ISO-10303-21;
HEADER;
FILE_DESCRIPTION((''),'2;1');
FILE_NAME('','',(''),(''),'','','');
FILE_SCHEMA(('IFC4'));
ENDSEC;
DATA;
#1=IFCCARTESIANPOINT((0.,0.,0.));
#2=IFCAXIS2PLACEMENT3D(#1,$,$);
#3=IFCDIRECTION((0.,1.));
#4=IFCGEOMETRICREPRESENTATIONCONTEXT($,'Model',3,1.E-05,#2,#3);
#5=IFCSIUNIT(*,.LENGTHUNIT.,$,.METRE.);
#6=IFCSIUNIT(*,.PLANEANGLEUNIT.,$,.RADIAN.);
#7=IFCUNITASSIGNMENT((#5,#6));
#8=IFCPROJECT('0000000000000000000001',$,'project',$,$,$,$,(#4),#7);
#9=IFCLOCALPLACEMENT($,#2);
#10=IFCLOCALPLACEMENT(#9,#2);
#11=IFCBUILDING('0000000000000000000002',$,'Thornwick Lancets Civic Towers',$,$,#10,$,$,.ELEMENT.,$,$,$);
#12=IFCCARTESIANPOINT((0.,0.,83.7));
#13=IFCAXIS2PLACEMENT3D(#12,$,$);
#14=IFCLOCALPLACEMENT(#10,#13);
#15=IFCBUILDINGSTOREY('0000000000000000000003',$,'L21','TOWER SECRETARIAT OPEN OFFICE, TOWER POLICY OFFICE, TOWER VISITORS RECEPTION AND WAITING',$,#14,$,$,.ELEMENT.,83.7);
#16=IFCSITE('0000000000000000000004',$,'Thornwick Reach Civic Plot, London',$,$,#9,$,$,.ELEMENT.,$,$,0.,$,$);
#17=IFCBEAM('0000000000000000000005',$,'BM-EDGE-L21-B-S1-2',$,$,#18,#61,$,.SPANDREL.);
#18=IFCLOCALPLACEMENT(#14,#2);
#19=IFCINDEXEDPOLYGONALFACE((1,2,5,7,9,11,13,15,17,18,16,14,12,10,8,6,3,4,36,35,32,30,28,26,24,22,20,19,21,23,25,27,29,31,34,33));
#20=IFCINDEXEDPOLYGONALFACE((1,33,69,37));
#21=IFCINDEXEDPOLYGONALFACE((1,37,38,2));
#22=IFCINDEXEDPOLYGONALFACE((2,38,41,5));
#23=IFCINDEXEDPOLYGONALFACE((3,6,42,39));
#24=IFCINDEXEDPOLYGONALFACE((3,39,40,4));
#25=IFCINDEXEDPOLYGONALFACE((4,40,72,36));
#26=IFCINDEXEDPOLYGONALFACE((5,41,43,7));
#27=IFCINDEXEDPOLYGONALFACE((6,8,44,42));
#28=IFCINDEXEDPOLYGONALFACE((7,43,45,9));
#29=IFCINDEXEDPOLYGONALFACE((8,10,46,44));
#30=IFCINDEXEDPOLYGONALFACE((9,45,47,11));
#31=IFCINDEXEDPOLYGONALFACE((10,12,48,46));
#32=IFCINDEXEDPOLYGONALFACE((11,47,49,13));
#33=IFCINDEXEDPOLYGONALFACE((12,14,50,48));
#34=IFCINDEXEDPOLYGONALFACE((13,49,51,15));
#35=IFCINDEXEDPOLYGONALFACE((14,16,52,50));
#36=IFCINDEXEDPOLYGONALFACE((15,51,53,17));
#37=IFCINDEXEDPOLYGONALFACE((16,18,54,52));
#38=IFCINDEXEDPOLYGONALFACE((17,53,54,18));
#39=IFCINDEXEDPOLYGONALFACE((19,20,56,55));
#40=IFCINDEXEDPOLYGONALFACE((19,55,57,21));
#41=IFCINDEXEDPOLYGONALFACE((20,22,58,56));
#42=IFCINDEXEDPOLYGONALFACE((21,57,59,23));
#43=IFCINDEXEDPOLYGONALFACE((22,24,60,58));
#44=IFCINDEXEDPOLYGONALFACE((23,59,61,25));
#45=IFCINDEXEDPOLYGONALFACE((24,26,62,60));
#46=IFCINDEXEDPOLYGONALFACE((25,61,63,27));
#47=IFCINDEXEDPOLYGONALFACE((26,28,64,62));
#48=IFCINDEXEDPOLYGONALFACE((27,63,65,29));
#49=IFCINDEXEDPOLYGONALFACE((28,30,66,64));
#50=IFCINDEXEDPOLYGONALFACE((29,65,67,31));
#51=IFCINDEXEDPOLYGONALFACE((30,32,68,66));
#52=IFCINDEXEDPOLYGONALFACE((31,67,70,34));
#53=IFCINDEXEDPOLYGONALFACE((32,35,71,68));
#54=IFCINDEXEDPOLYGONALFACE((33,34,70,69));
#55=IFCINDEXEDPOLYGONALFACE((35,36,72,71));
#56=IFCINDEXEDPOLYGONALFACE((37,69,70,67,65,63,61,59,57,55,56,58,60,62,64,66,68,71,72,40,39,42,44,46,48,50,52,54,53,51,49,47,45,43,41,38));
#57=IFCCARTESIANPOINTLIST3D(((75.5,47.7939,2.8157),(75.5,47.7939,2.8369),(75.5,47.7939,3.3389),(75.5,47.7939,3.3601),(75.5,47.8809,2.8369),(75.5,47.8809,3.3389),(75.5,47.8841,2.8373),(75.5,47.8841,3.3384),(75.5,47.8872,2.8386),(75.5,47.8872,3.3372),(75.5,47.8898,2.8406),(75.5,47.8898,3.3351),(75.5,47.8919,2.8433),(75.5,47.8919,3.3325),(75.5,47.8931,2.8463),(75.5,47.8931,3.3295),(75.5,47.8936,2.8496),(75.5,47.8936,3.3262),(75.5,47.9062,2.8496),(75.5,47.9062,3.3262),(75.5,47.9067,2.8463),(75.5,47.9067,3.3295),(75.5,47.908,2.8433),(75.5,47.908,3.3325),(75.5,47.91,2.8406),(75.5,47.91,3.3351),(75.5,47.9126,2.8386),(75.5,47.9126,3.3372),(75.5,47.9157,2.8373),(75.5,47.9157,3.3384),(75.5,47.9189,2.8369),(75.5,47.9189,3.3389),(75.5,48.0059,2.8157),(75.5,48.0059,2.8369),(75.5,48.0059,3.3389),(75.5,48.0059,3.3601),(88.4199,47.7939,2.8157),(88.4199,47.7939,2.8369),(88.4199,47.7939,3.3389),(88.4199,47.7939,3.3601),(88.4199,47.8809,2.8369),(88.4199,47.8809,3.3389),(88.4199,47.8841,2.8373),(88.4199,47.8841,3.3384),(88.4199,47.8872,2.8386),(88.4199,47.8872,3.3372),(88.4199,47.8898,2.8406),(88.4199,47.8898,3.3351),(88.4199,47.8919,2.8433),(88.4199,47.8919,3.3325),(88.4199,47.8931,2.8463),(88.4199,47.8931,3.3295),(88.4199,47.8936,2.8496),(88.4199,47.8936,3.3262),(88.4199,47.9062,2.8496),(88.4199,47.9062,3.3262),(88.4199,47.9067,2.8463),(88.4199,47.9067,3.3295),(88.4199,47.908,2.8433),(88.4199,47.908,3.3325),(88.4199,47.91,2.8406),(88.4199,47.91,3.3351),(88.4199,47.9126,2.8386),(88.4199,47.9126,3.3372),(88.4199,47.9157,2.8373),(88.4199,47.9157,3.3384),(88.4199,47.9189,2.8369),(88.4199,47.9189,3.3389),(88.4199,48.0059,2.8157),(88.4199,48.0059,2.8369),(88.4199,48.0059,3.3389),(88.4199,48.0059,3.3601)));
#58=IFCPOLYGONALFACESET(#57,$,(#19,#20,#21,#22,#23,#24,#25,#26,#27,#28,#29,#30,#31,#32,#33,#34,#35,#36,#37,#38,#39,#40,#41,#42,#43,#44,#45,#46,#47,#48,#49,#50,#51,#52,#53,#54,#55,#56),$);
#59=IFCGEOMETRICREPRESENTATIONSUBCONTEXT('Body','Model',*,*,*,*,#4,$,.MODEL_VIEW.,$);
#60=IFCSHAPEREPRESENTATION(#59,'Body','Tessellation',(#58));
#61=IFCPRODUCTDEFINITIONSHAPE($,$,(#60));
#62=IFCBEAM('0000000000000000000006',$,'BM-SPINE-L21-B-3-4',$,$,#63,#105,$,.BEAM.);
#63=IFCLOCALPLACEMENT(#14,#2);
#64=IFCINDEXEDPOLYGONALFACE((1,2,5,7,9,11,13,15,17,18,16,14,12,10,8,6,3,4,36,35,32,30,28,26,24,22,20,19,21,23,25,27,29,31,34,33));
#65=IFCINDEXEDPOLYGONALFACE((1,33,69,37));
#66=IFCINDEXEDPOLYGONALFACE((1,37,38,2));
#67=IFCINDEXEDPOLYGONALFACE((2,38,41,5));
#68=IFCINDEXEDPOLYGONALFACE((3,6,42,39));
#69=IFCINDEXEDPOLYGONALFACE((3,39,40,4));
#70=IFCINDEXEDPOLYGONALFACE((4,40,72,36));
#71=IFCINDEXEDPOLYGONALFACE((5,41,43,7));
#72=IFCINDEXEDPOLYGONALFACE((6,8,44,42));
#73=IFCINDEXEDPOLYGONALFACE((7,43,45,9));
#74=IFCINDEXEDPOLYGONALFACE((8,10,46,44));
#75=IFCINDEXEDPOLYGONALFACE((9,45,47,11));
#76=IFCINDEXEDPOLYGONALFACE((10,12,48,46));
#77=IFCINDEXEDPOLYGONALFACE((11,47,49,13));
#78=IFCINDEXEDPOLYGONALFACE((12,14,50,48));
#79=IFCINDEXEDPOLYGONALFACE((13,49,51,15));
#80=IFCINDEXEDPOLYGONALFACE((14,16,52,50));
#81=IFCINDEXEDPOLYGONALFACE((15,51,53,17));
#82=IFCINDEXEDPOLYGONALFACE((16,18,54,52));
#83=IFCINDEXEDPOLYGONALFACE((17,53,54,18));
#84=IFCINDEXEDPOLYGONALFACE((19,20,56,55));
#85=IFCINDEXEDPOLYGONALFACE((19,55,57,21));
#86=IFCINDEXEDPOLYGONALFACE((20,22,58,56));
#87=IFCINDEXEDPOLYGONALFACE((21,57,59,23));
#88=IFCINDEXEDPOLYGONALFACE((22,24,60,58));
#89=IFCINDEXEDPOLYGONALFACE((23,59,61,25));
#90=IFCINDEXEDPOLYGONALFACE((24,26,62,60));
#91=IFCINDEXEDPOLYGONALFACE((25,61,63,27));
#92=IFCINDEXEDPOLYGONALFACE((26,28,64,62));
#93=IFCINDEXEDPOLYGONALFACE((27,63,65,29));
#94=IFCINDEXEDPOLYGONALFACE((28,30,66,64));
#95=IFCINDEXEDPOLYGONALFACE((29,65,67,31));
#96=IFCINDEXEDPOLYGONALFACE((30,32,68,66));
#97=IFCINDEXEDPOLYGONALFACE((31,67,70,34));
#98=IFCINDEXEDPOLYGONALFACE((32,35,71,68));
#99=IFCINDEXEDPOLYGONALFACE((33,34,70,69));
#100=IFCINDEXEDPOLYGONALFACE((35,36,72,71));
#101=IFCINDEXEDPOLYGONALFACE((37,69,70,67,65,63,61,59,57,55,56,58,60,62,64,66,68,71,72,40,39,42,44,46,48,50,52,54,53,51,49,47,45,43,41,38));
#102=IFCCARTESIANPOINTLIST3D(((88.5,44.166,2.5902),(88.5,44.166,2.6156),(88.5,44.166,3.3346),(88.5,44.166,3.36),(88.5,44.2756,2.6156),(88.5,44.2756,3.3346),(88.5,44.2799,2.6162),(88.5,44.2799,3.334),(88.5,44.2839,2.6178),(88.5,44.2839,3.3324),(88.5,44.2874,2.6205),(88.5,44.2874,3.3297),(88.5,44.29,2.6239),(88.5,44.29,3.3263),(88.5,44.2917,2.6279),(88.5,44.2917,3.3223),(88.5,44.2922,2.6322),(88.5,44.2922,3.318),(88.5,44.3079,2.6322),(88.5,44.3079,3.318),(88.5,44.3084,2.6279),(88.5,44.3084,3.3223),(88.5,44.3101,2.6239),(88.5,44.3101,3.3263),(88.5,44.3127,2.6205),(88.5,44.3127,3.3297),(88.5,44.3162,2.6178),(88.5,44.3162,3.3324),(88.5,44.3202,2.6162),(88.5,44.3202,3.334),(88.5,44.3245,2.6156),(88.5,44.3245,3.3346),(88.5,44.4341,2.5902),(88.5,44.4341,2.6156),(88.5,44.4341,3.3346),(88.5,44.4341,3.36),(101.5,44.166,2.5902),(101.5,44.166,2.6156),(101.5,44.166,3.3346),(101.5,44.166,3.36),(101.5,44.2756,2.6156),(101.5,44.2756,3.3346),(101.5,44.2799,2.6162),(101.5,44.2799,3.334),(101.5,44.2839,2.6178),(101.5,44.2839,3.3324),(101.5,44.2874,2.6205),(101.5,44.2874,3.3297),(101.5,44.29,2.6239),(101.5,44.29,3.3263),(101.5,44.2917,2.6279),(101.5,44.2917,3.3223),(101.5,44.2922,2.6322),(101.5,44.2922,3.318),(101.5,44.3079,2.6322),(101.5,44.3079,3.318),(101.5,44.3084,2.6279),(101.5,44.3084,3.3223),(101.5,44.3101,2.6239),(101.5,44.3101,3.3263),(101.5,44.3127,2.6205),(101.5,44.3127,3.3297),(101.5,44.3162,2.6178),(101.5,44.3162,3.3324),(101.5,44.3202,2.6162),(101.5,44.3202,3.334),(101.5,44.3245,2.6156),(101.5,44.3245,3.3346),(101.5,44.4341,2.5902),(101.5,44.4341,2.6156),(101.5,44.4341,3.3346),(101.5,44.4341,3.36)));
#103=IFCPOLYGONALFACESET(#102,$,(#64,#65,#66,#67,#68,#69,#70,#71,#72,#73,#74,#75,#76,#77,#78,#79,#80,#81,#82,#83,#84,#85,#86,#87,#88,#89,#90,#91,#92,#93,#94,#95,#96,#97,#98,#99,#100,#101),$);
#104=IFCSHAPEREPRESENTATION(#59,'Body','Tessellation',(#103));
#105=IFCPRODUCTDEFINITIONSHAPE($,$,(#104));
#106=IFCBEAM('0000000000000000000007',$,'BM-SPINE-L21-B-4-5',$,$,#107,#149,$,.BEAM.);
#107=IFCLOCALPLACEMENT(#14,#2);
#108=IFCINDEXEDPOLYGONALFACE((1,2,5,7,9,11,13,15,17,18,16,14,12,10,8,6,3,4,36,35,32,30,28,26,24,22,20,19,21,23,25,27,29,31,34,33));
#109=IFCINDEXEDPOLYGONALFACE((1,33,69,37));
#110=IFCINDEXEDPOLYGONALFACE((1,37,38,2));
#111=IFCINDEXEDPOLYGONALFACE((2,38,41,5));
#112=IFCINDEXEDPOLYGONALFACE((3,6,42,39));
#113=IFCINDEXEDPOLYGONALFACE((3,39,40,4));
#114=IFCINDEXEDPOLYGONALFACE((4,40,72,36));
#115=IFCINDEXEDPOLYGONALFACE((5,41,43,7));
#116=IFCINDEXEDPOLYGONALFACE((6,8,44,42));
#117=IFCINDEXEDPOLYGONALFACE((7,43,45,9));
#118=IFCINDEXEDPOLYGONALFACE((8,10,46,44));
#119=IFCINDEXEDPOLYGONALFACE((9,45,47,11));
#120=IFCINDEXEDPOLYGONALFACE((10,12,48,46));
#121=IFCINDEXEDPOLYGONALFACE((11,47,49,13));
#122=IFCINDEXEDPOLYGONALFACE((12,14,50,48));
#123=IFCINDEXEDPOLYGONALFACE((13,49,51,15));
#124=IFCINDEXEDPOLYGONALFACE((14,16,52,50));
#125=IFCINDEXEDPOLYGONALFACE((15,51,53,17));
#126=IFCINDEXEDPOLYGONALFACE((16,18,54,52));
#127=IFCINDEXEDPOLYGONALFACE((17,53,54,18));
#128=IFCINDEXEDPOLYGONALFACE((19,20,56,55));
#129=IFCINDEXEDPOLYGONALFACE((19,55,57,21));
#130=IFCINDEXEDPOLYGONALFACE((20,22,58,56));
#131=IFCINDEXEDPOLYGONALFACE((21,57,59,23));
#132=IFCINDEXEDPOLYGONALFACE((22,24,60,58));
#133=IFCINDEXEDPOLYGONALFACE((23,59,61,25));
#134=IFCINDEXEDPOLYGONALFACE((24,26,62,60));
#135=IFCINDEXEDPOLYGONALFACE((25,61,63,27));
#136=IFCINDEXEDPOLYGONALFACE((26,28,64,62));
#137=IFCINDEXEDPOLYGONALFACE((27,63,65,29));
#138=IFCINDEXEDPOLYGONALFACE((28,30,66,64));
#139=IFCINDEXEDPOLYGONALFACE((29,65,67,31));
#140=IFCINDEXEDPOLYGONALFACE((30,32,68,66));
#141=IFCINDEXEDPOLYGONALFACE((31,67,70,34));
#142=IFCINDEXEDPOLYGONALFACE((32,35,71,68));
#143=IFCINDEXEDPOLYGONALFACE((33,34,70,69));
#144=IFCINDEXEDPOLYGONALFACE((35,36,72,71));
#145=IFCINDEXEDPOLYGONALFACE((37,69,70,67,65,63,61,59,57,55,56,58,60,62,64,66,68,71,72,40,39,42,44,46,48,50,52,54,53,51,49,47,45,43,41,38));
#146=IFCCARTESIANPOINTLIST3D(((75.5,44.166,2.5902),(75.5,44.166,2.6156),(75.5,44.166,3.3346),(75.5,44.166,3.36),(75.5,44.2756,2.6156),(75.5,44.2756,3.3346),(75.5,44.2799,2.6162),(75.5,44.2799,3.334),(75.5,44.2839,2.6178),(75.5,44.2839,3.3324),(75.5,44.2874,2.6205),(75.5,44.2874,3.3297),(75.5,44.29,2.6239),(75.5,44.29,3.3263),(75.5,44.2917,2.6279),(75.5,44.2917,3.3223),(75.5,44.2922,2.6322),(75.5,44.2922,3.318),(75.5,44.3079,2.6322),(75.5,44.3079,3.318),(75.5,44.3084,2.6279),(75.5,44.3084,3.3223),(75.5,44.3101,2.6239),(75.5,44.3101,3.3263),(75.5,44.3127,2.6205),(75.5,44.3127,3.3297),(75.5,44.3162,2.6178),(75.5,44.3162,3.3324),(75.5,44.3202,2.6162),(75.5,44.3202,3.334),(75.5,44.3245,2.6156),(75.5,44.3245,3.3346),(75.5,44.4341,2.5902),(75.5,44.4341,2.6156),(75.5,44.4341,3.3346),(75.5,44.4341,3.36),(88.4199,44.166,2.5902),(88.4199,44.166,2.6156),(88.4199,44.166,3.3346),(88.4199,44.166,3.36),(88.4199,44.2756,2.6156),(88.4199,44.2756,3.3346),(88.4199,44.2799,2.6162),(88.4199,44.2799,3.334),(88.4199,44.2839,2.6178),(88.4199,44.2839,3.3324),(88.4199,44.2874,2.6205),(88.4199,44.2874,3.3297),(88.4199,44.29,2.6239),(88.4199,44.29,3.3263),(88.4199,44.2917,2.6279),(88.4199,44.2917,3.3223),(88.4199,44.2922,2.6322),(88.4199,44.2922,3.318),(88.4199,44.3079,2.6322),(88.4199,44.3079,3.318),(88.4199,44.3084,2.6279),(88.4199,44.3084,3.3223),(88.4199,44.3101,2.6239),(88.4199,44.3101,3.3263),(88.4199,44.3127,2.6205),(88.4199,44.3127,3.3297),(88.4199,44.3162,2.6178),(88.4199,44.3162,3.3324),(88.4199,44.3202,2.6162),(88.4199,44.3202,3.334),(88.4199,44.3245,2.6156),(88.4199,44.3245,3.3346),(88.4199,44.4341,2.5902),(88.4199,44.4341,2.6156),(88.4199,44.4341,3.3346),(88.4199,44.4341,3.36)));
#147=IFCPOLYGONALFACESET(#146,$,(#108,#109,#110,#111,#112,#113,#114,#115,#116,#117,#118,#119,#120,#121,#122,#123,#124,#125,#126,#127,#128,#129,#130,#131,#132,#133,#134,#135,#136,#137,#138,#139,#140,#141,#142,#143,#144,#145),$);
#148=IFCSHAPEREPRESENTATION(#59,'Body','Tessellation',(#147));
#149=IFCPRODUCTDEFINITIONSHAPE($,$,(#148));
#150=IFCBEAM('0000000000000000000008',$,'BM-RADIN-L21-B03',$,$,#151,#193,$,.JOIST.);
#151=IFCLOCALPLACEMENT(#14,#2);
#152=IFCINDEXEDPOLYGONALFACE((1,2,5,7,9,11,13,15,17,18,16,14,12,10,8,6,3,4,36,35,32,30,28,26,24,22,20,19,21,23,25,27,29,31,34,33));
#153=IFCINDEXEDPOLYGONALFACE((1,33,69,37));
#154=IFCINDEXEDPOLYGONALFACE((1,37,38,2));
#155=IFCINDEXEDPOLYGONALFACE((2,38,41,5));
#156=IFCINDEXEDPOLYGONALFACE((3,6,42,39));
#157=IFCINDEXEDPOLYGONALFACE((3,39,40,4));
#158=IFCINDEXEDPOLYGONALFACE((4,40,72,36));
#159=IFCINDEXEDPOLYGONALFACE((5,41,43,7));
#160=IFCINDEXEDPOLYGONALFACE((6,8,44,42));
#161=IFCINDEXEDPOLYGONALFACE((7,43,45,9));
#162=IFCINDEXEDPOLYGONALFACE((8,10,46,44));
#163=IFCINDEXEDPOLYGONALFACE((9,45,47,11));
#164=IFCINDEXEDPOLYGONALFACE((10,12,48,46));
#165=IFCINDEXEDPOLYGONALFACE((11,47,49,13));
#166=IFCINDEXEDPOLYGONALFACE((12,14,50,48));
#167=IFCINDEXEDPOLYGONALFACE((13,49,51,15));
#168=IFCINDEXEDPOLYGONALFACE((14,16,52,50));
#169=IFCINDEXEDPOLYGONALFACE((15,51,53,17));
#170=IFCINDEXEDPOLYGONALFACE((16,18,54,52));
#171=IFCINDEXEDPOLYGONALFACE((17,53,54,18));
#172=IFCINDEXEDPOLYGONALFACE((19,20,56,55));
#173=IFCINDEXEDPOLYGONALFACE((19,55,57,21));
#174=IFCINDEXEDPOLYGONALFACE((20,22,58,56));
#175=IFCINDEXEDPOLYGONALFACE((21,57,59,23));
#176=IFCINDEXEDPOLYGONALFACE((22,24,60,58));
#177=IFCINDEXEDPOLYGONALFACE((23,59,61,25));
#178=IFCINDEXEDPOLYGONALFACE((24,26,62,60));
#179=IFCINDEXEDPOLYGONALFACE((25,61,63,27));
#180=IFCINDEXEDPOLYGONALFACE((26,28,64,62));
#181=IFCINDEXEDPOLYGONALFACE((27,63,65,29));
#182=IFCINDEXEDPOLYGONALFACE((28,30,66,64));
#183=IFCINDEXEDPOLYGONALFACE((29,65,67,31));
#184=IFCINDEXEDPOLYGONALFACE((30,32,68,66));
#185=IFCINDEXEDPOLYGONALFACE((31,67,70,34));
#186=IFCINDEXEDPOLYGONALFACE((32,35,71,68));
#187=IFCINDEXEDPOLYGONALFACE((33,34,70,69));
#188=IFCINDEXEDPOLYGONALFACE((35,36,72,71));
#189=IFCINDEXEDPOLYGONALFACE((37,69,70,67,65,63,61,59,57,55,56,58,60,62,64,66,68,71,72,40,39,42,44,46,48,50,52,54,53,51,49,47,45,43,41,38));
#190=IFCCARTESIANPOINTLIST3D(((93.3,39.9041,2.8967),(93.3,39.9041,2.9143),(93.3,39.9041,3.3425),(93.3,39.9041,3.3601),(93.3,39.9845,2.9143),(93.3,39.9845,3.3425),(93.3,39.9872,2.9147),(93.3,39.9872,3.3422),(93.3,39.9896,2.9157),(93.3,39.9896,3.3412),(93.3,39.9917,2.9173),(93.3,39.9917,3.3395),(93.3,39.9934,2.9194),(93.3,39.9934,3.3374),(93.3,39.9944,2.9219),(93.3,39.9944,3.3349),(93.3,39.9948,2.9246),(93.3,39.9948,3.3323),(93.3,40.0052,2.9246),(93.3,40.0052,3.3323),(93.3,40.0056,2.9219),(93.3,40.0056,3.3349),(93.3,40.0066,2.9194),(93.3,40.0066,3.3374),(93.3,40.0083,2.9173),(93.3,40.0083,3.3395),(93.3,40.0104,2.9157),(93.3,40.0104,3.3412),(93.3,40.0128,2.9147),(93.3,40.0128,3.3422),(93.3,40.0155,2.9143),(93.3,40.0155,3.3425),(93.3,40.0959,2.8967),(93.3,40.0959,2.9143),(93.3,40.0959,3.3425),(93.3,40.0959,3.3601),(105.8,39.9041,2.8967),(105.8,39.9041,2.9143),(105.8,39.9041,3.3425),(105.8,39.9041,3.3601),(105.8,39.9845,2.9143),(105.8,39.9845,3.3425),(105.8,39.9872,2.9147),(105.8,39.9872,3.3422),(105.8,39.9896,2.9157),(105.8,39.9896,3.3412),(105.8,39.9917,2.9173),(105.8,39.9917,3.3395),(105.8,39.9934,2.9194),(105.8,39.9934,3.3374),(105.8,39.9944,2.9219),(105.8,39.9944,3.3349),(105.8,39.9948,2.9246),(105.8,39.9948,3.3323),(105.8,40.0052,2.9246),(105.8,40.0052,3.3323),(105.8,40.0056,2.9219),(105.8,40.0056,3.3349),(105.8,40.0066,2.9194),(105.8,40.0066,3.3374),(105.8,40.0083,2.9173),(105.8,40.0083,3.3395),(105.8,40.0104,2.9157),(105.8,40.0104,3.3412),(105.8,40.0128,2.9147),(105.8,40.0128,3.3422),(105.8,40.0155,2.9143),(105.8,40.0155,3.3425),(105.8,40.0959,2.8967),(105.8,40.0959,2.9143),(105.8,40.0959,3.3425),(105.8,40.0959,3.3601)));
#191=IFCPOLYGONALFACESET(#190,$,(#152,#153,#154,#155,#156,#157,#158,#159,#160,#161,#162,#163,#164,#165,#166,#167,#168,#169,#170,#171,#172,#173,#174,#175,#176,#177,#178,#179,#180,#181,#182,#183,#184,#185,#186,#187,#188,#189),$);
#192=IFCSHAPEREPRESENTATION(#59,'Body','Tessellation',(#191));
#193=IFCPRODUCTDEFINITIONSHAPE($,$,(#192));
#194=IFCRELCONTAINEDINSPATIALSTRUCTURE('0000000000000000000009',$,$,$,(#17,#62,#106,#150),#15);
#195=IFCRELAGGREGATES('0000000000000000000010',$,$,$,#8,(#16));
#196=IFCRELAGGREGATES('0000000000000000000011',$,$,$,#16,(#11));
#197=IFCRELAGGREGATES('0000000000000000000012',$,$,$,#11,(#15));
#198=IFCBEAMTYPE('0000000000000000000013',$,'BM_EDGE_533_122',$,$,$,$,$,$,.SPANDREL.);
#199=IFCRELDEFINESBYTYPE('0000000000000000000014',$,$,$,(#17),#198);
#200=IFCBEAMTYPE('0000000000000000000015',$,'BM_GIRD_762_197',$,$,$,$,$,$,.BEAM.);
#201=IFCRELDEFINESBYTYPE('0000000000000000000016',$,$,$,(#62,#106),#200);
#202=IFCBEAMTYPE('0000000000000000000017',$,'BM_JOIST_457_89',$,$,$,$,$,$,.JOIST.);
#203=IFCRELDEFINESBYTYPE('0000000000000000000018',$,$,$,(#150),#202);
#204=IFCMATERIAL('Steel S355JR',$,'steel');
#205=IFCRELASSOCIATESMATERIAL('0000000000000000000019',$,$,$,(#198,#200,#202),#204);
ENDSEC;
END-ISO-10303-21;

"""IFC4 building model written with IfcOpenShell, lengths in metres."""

from ifc_helpers import new_model, si_unit, direction, frame, origin, origin_2d, place, context, subcontext, project, spatial, i_section, extrude, material, material_profile, profile_set, type_object, element, save


model = new_model("IFC4")

# Units and contexts
model_context = context("Model", 3, precision=1e-05, world=origin(), true_north=direction((0.0, 1.0)))
body_context = subcontext(model_context, "Body", "Model", "MODEL_VIEW")
ifc_project = project(units=[si_unit("LENGTHUNIT", "METRE"), si_unit("PLANEANGLEUNIT", "RADIAN")], contexts=[model_context])

# Site, building, storey
site_placement = place(None, origin())
site = spatial("IfcSite", under=ifc_project, at=site_placement, Name="Thornwick Reach Civic Plot, London", CompositionType="ELEMENT", RefElevation=0.0)
building_placement = place(site_placement, origin())
building = spatial("IfcBuilding", under=site, at=building_placement, Name="Thornwick Lancets Civic Towers", CompositionType="ELEMENT")
storey_placement = place(building_placement, frame((0.0, 0.0, 83.7)))
storey = spatial("IfcBuildingStorey", under=building, at=storey_placement, Name="L21", Description="TOWER SECRETARIAT OPEN OFFICE, TOWER POLICY OFFICE, TOWER VISITORS RECEPTION AND WAITING", CompositionType="ELEMENT", Elevation=83.7)

# Beams
ifc_material_1 = material(Name="Steel S355JR", Category="steel")
ifc_material_profile_1 = material_profile(ifc_material_1, i_section(OverallWidth=0.2119, OverallDepth=0.5444, WebThickness=0.0127, FlangeThickness=0.0212, FilletRadius=0.0127, at=origin_2d()), Name="UKB 533x210x122")
ifc_profile_set_1 = profile_set([ifc_material_profile_1], Name="Steel S355JR")
beam_type_1 = type_object("IfcBeamType", Name="BM_EDGE_533_122", PredefinedType="SPANDREL", material=ifc_profile_set_1)
beam_1_placement = place(storey_placement, frame((88.4199, 47.8999, 3.0879), z_axis=(-1.0, 0.0, 0.0), x_axis=(0.0, -1.0, 0.0)))
element("IfcBeam", 1, at=beam_1_placement, inside=storey, type_object=beam_type_1, Name="BM-EDGE-L21-B-S1-2", PredefinedType="SPANDREL", context=body_context, shape_type="SweptSolid", body=[
    extrude(i_section(OverallWidth=0.2119, OverallDepth=0.5444, WebThickness=0.0127, FlangeThickness=0.0212, FilletRadius=0.0127, at=origin_2d()), origin(), (0.0, 0.0, 1.0), 12.9199),
])
ifc_material_profile_2 = material_profile(ifc_material_1, i_section(OverallWidth=0.2681, OverallDepth=0.7698, WebThickness=0.0156, FlangeThickness=0.0254, FilletRadius=0.0166, at=origin_2d()), Name="UKB 762x267x197")
ifc_profile_set_2 = profile_set([ifc_material_profile_2], Name="Steel S355JR")
beam_type_2 = type_object("IfcBeamType", Name="BM_GIRD_762_197", PredefinedType="BEAM", material=ifc_profile_set_2)
beam_2_placement = place(storey_placement, frame((101.5, 44.3, 2.9751), z_axis=(-1.0, 0.0, 0.0), x_axis=(0.0, -1.0, 0.0)))
element("IfcBeam", 2, at=beam_2_placement, inside=storey, type_object=beam_type_2, Name="BM-SPINE-L21-B-3-4", PredefinedType="BEAM", context=body_context, shape_type="SweptSolid", body=[
    extrude(i_section(OverallWidth=0.2681, OverallDepth=0.7698, WebThickness=0.0156, FlangeThickness=0.0254, FilletRadius=0.0166, at=origin_2d()), origin(), (0.0, 0.0, 1.0), 13.0),
])
beam_3_placement = place(storey_placement, frame((88.4199, 44.3, 2.9751), z_axis=(-1.0, 0.0, 0.0), x_axis=(0.0, -1.0, 0.0)))
element("IfcBeam", 3, at=beam_3_placement, inside=storey, type_object=beam_type_2, Name="BM-SPINE-L21-B-4-5", PredefinedType="BEAM", context=body_context, shape_type="SweptSolid", body=[
    extrude(i_section(OverallWidth=0.2681, OverallDepth=0.7698, WebThickness=0.0156, FlangeThickness=0.0254, FilletRadius=0.0166, at=origin_2d()), origin(), (0.0, 0.0, 1.0), 12.9199),
])
ifc_material_profile_3 = material_profile(ifc_material_1, i_section(OverallWidth=0.1919, OverallDepth=0.4634, WebThickness=0.0105, FlangeThickness=0.0176, FilletRadius=0.0103, at=origin_2d()), Name="UKB 457x191x89")
ifc_profile_set_3 = profile_set([ifc_material_profile_3], Name="Steel S355JR")
beam_type_3 = type_object("IfcBeamType", Name="BM_JOIST_457_89", PredefinedType="JOIST", material=ifc_profile_set_3)
beam_4_placement = place(storey_placement, frame((93.3, 40.0, 3.1284), z_axis=(1.0, 0.0, 0.0), x_axis=(0.0, 1.0, 0.0)))
element("IfcBeam", 4, at=beam_4_placement, inside=storey, type_object=beam_type_3, Name="BM-RADIN-L21-B03", PredefinedType="JOIST", context=body_context, shape_type="SweptSolid", body=[
    extrude(i_section(OverallWidth=0.1919, OverallDepth=0.4634, WebThickness=0.0105, FlangeThickness=0.0176, FilletRadius=0.0103, at=origin_2d()), origin(), (0.0, 0.0, 1.0), 12.5),
])

save(model, "model.ifc")
